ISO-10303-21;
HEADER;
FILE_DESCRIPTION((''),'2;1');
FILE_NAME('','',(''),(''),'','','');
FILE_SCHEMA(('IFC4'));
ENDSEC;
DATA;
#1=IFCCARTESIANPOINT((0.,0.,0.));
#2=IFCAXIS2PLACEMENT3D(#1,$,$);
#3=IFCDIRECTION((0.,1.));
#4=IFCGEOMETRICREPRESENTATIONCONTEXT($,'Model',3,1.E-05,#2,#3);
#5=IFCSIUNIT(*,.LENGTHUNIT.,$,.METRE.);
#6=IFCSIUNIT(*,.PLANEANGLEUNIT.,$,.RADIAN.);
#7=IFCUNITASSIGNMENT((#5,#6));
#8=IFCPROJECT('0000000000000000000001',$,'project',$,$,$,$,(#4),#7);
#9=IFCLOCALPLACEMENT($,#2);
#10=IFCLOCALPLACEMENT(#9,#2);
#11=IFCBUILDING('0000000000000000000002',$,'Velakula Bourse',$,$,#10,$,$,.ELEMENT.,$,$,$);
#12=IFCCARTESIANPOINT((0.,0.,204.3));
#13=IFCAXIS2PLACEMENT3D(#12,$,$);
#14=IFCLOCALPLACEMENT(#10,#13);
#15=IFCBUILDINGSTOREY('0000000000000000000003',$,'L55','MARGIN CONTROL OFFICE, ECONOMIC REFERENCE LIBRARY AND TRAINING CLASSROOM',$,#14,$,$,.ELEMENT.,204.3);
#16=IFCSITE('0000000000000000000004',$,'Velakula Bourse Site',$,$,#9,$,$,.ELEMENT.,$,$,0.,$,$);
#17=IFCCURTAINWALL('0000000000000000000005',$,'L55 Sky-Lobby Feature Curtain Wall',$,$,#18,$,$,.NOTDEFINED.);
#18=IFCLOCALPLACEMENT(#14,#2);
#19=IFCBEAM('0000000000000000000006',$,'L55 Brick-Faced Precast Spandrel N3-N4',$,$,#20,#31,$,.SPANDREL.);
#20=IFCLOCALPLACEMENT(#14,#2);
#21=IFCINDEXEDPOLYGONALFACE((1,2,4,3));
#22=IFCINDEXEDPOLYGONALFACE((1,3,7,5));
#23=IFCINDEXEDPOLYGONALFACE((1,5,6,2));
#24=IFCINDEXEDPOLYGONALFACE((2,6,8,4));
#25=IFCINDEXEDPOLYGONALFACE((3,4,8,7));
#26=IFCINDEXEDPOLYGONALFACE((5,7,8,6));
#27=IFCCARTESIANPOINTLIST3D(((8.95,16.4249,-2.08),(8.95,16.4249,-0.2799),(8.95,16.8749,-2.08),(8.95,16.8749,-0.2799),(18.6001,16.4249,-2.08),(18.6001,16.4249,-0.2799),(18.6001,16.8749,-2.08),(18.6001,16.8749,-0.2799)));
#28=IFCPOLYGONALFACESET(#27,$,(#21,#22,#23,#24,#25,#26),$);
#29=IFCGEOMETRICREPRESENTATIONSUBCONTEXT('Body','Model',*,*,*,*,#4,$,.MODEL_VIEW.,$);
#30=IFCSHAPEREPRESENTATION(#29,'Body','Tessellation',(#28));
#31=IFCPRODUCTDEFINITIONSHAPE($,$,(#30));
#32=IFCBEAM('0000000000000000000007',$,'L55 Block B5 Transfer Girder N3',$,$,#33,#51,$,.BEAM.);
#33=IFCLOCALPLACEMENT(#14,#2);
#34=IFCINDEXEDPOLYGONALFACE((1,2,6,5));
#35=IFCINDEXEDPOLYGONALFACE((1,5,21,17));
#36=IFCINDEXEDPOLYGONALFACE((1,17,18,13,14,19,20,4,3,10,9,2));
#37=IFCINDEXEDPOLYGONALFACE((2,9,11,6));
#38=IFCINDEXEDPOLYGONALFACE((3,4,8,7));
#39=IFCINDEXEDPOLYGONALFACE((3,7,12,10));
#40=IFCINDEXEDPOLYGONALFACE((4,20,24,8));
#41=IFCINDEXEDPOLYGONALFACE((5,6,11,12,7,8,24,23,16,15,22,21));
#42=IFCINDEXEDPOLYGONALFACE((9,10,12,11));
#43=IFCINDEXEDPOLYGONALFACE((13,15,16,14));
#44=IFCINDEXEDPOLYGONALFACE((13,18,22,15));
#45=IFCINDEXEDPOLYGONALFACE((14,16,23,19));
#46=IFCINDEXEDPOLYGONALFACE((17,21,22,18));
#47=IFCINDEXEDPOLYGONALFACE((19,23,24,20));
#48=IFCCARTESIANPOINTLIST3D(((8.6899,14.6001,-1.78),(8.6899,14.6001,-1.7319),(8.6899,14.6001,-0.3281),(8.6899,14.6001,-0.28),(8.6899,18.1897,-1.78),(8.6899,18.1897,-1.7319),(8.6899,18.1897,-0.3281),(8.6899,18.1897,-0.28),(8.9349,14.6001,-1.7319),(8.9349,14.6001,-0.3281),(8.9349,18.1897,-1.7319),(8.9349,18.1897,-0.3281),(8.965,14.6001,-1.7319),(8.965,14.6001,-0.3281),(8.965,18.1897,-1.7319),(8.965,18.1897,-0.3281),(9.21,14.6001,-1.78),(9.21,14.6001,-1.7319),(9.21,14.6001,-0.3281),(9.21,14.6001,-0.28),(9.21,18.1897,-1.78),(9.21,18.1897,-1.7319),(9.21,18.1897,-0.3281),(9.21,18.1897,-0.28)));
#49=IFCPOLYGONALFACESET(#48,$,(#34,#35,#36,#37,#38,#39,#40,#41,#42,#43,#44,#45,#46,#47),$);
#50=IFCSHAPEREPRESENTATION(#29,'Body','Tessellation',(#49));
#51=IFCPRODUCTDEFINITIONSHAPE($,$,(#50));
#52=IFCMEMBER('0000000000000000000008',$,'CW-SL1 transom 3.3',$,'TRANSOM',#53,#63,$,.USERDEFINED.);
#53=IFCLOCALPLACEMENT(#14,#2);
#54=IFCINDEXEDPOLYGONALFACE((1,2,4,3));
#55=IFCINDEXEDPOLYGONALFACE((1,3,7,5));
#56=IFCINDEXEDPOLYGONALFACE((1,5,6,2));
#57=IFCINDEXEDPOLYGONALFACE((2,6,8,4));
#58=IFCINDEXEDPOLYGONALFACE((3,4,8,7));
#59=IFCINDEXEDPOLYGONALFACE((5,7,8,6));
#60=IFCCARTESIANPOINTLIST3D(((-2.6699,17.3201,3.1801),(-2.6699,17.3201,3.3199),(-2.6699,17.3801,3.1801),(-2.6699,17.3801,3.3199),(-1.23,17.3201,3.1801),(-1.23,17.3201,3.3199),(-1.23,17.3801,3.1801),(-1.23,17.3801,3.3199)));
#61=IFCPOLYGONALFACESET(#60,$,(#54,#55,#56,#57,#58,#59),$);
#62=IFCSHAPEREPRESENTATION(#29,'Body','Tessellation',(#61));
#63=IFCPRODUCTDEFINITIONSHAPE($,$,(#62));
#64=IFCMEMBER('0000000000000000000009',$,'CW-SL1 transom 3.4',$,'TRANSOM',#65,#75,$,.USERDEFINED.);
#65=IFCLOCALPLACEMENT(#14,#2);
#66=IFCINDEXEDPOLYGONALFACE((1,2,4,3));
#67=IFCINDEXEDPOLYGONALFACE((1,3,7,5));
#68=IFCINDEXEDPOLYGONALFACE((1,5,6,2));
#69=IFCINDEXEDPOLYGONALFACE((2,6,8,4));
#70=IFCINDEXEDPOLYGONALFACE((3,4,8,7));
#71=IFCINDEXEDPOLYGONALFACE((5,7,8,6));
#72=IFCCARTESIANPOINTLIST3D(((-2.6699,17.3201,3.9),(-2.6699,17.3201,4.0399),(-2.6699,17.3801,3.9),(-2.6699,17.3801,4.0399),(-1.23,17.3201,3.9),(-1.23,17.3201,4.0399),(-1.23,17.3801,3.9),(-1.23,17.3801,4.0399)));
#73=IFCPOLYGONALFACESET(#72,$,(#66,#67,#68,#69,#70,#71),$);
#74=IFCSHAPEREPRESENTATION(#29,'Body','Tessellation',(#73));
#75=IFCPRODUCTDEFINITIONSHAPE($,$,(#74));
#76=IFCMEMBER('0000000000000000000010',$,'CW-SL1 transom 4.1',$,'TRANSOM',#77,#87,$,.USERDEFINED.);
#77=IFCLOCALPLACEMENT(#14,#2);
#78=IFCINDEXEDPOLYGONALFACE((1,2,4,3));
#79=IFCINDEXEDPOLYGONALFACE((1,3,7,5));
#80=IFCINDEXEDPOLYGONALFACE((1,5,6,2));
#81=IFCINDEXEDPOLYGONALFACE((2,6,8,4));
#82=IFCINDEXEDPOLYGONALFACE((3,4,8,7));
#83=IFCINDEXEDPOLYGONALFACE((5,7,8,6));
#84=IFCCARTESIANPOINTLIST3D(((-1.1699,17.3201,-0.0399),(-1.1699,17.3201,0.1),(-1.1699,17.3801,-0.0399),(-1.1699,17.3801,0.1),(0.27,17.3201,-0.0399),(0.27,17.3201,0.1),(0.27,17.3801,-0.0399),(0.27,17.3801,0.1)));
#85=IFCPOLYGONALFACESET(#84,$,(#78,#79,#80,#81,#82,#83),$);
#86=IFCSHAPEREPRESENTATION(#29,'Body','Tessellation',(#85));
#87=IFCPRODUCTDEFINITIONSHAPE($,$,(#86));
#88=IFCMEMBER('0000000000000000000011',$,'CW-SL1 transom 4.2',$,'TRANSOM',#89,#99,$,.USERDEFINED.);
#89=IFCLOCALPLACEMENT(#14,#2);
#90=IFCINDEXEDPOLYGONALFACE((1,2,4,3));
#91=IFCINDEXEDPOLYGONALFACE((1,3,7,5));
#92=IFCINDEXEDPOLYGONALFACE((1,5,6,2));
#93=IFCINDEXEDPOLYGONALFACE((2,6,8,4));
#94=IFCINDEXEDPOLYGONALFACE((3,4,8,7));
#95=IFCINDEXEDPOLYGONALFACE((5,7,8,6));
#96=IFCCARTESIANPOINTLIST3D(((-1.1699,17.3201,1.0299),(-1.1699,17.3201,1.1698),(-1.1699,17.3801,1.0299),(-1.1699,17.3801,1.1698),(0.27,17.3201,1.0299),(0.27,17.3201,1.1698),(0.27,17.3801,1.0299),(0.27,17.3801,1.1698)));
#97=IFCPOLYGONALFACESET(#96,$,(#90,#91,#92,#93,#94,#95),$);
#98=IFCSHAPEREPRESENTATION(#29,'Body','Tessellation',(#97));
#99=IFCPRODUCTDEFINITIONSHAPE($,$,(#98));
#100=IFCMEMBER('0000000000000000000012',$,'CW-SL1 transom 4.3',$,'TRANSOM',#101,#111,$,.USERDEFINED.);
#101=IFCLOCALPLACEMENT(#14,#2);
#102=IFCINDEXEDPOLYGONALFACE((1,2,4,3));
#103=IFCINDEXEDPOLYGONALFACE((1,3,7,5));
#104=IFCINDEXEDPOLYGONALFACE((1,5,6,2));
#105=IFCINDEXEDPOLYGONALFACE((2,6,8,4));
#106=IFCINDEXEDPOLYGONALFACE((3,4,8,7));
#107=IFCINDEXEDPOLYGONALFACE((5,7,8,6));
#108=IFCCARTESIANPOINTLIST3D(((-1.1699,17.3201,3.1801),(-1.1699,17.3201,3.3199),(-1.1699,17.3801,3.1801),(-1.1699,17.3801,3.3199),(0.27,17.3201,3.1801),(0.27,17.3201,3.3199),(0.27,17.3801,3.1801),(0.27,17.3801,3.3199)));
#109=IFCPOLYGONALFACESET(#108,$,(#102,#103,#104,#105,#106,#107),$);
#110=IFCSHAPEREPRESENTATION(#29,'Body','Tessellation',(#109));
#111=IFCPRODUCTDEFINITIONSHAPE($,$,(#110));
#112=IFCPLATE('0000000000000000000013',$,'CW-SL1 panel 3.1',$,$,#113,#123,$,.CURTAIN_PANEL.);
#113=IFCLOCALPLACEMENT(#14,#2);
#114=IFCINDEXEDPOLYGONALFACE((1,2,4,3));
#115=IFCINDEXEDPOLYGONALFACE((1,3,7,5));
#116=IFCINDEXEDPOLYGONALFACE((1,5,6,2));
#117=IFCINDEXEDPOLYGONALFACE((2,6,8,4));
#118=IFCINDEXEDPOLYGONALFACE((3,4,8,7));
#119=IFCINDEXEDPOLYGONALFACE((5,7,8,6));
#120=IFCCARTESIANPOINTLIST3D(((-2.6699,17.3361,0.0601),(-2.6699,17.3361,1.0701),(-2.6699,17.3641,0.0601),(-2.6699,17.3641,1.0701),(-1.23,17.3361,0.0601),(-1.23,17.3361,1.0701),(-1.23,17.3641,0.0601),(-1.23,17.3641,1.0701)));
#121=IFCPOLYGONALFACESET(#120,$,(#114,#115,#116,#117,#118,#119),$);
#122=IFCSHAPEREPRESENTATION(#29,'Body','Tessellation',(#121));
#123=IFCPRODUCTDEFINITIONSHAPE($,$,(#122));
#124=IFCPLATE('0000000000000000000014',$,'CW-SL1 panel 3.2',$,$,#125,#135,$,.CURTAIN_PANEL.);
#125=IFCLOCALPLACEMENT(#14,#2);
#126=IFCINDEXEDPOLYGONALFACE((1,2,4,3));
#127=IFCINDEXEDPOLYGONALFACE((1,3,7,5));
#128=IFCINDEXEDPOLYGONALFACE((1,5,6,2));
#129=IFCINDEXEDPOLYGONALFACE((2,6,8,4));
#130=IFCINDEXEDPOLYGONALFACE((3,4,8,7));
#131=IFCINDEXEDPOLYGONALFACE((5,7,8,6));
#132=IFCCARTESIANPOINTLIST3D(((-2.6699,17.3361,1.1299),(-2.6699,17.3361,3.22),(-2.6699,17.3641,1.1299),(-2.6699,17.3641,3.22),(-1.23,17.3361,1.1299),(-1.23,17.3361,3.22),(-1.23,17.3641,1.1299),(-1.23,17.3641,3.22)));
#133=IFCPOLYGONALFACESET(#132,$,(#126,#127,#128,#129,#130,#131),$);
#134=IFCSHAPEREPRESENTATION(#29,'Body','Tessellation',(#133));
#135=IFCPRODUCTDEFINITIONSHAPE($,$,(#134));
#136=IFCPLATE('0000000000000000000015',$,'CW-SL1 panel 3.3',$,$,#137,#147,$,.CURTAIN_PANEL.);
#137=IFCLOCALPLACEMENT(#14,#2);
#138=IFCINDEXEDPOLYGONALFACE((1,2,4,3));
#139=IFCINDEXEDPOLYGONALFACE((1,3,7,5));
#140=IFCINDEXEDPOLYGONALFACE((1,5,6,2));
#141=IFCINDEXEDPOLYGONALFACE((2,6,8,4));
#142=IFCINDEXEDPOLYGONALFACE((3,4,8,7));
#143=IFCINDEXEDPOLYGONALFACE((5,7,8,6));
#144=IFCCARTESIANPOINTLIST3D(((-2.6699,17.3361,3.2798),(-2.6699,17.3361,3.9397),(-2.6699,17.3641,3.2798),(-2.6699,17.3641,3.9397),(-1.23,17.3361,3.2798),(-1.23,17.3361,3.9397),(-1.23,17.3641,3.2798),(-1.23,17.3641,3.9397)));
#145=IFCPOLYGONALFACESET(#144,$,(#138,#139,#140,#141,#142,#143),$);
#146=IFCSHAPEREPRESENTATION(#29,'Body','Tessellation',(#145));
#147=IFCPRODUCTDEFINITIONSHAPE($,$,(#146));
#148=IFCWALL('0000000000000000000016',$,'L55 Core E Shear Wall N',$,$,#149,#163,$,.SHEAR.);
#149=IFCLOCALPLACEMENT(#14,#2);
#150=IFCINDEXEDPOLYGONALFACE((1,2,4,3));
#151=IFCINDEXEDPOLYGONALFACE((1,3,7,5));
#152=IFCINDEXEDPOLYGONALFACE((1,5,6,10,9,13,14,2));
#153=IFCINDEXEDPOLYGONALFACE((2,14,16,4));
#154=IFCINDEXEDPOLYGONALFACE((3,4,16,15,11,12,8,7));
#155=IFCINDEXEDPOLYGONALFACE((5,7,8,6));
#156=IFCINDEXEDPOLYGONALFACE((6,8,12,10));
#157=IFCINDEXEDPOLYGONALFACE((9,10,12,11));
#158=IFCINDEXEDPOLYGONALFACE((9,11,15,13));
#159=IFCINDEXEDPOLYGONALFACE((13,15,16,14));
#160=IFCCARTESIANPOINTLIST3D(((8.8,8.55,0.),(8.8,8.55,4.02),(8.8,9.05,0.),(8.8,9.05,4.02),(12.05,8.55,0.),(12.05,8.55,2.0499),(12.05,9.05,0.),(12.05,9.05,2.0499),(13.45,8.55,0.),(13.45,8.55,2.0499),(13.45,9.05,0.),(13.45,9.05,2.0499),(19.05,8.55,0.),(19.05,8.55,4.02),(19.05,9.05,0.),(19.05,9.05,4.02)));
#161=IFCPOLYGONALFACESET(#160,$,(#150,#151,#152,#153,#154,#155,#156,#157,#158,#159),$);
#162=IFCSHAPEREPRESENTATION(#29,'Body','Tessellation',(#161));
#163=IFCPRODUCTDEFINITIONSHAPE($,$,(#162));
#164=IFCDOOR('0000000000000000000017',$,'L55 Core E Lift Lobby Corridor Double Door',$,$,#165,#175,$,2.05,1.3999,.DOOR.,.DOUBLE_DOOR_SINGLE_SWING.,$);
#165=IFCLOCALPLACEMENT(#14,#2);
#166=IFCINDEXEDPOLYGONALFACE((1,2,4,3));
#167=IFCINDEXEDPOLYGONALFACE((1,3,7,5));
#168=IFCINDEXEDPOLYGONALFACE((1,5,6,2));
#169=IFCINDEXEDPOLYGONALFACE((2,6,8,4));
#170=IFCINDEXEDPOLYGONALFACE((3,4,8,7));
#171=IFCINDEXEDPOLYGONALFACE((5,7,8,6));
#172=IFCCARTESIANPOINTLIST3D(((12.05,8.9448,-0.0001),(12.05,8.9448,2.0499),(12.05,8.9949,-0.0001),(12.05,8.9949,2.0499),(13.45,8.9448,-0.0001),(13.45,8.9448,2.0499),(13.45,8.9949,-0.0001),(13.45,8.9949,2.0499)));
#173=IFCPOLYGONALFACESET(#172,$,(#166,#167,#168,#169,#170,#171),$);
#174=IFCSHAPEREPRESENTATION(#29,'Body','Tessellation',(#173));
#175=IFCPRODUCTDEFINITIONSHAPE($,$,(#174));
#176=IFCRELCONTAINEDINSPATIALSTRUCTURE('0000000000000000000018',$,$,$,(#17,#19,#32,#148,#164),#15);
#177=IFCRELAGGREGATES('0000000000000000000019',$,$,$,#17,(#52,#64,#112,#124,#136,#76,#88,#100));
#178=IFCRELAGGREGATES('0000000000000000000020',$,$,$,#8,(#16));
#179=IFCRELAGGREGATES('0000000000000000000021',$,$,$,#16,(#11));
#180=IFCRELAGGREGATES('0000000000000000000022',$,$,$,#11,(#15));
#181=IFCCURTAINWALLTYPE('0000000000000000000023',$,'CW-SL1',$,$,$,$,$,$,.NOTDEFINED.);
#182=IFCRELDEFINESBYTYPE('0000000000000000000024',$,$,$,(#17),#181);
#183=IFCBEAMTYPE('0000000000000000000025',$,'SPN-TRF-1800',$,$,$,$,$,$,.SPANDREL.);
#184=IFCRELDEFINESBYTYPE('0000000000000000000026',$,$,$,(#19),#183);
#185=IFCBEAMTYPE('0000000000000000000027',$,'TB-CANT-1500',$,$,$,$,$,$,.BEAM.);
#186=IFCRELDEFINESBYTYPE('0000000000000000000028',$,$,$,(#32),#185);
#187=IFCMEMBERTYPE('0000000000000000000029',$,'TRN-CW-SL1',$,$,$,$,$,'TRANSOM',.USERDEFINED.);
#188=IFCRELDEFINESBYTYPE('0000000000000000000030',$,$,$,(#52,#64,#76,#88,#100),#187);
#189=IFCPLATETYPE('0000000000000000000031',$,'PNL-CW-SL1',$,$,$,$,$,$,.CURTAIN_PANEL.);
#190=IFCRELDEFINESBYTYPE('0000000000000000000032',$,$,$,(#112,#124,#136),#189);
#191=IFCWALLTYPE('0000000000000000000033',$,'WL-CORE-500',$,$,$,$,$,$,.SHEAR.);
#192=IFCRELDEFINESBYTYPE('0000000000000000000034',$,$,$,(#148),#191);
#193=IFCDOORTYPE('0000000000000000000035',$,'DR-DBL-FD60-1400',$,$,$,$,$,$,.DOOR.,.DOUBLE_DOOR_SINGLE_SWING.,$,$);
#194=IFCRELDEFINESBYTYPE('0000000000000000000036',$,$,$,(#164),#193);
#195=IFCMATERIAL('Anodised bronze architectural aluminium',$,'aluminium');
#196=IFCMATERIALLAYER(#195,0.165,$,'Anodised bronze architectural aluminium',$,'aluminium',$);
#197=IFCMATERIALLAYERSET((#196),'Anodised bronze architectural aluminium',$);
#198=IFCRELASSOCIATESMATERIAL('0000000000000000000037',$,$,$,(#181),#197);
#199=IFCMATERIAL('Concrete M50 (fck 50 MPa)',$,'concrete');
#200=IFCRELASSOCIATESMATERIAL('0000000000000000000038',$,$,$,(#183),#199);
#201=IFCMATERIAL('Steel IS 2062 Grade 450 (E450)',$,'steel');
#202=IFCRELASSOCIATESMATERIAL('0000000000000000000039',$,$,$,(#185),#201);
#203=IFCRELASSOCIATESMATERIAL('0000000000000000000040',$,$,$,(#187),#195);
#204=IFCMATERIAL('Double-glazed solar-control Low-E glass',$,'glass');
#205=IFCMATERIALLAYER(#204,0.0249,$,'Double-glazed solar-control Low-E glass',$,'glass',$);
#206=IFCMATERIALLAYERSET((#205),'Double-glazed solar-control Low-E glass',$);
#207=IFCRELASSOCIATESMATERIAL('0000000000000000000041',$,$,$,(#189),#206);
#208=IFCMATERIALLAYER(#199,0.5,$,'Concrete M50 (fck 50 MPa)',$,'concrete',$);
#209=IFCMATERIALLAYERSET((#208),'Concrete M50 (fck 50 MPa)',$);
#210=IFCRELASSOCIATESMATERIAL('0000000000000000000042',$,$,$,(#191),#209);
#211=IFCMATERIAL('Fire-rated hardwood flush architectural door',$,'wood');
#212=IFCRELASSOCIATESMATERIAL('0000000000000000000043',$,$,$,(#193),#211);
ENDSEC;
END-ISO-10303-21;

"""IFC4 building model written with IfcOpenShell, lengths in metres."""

from ifc_helpers import new_model, si_unit, direction, frame, frame_2d, origin, origin_2d, place, context, subcontext, project, spatial, rectangle, i_section, extrude, material, layer, layer_set, material_profile, profile_set, type_object, element, fill, aggregate, save


model = new_model("IFC4")

# Units and contexts
model_context = context("Model", 3, precision=1e-05, world=origin(), true_north=direction((0.0, 1.0)))
body_context = subcontext(model_context, "Body", "Model", "MODEL_VIEW")
ifc_project = project(units=[si_unit("LENGTHUNIT", "METRE"), si_unit("PLANEANGLEUNIT", "RADIAN")], contexts=[model_context])

# Site, building, storey
site_placement = place(None, origin())
site = spatial("IfcSite", under=ifc_project, at=site_placement, Name="Velakula Bourse Site", CompositionType="ELEMENT", RefElevation=0.0)
building_placement = place(site_placement, origin())
building = spatial("IfcBuilding", under=site, at=building_placement, Name="Velakula Bourse", CompositionType="ELEMENT")
storey_placement = place(building_placement, frame((0.0, 0.0, 204.3)))
storey = spatial("IfcBuildingStorey", under=building, at=storey_placement, Name="L55", Description="MARGIN CONTROL OFFICE, ECONOMIC REFERENCE LIBRARY AND TRAINING CLASSROOM", CompositionType="ELEMENT", Elevation=204.3)

# Shared definitions
ifc_material_1 = material(Name="Concrete M50 (fck 50 MPa)", Category="concrete")

# Curtain wall
ifc_material_2 = material(Name="Anodised bronze architectural aluminium", Category="aluminium")
ifc_layer_1 = layer(ifc_material_2, 0.165, Name="Anodised bronze architectural aluminium", Category="aluminium")
ifc_layer_set_1 = layer_set([ifc_layer_1], Name="Anodised bronze architectural aluminium")
curtain_wall_type = type_object("IfcCurtainWallType", Name="CW-SL1", PredefinedType="NOTDEFINED", material=ifc_layer_set_1)
curtain_wall_placement = place(storey_placement, origin())
curtain_wall = element("IfcCurtainWall", 1, at=curtain_wall_placement, inside=storey, type_object=curtain_wall_type, Name="L55 Sky-Lobby Feature Curtain Wall", PredefinedType="NOTDEFINED")

# Beams
ifc_material_profile_1 = material_profile(ifc_material_1, rectangle(XDim=0.45, YDim=1.8, at=origin_2d()), Name="Concrete M50 (fck 50 MPa)")
ifc_profile_set_1 = profile_set([ifc_material_profile_1], Name="Concrete M50 (fck 50 MPa)")
beam_type_1 = type_object("IfcBeamType", Name="SPN-TRF-1800", PredefinedType="SPANDREL", material=ifc_profile_set_1)
beam_1_placement = place(storey_placement, frame((8.95, 16.6499, -1.1799), z_axis=(1.0, 0.0, 0.0), x_axis=(0.0, 1.0, 0.0)))
element("IfcBeam", 2, at=beam_1_placement, inside=storey, type_object=beam_type_1, Name="L55 Brick-Faced Precast Spandrel N3-N4", PredefinedType="SPANDREL", context=body_context, shape_type="SweptSolid", body=[
    extrude(rectangle(XDim=0.45, YDim=1.8, at=origin_2d()), origin(), (0.0, 0.0, 1.0), 9.6501),
])
ifc_material_3 = material(Name="Steel IS 2062 Grade 450 (E450)", Category="steel")
ifc_material_profile_2 = material_profile(ifc_material_3, i_section(OverallWidth=0.52, OverallDepth=1.5, WebThickness=0.03, FlangeThickness=0.0481, at=origin_2d()), Name="Steel IS 2062 Grade 450 (E450)")
ifc_profile_set_2 = profile_set([ifc_material_profile_2], Name="Steel IS 2062 Grade 450 (E450)")
beam_type_2 = type_object("IfcBeamType", Name="TB-CANT-1500", PredefinedType="BEAM", material=ifc_profile_set_2)
beam_2_placement = place(storey_placement, frame((8.95, 14.6001, -1.03), z_axis=(0.0, 1.0, 0.0), x_axis=(-1.0, 0.0, 0.0)))
element("IfcBeam", 3, at=beam_2_placement, inside=storey, type_object=beam_type_2, Name="L55 Block B5 Transfer Girder N3", PredefinedType="BEAM", context=body_context, shape_type="SweptSolid", body=[
    extrude(i_section(OverallWidth=0.52, OverallDepth=1.5, WebThickness=0.03, FlangeThickness=0.0481, at=origin_2d()), origin(), (0.0, 0.0, 1.0), 3.5896),
])

# Members
ifc_material_profile_3 = material_profile(ifc_material_2, rectangle(XDim=0.0601, YDim=0.1399, at=origin_2d()), Name="Anodised bronze architectural aluminium")
ifc_profile_set_3 = profile_set([ifc_material_profile_3], Name="Anodised bronze architectural aluminium")
member_type_1 = type_object("IfcMemberType", Name="TRN-CW-SL1", ElementType="TRANSOM", PredefinedType="USERDEFINED", material=ifc_profile_set_3)
member_1_placement = place(storey_placement, frame((-2.6699, 17.3501, 3.25), z_axis=(1.0, 0.0, 0.0), x_axis=(0.0, 1.0, 0.0)))
member_1 = element("IfcMember", 4, at=member_1_placement, type_object=member_type_1, Name="CW-SL1 transom 3.3", ObjectType="TRANSOM", PredefinedType="USERDEFINED", context=body_context, shape_type="SweptSolid", body=[
    extrude(rectangle(XDim=0.0601, YDim=0.1399, at=origin_2d()), origin(), (0.0, 0.0, 1.0), 1.4399),
])
member_2_placement = place(storey_placement, frame((-2.6699, 17.3501, 3.97), z_axis=(1.0, 0.0, 0.0), x_axis=(0.0, 1.0, 0.0)))
member_2 = element("IfcMember", 5, at=member_2_placement, type_object=member_type_1, Name="CW-SL1 transom 3.4", ObjectType="TRANSOM", PredefinedType="USERDEFINED", context=body_context, shape_type="SweptSolid", body=[
    extrude(rectangle(XDim=0.0601, YDim=0.1399, at=origin_2d()), origin(), (0.0, 0.0, 1.0), 1.4399),
])
member_3_placement = place(storey_placement, frame((-1.1699, 17.3501, 0.03), z_axis=(1.0, 0.0, 0.0), x_axis=(0.0, 1.0, 0.0)))
member_3 = element("IfcMember", 6, at=member_3_placement, type_object=member_type_1, Name="CW-SL1 transom 4.1", ObjectType="TRANSOM", PredefinedType="USERDEFINED", context=body_context, shape_type="SweptSolid", body=[
    extrude(rectangle(XDim=0.0601, YDim=0.1399, at=origin_2d()), origin(), (0.0, 0.0, 1.0), 1.4399),
])
member_4_placement = place(storey_placement, frame((-1.1699, 17.3501, 1.0999), z_axis=(1.0, 0.0, 0.0), x_axis=(0.0, 1.0, 0.0)))
member_4 = element("IfcMember", 7, at=member_4_placement, type_object=member_type_1, Name="CW-SL1 transom 4.2", ObjectType="TRANSOM", PredefinedType="USERDEFINED", context=body_context, shape_type="SweptSolid", body=[
    extrude(rectangle(XDim=0.0601, YDim=0.1399, at=origin_2d()), origin(), (0.0, 0.0, 1.0), 1.4399),
])
member_5_placement = place(storey_placement, frame((-1.1699, 17.3501, 3.25), z_axis=(1.0, 0.0, 0.0), x_axis=(0.0, 1.0, 0.0)))
member_5 = element("IfcMember", 8, at=member_5_placement, type_object=member_type_1, Name="CW-SL1 transom 4.3", ObjectType="TRANSOM", PredefinedType="USERDEFINED", context=body_context, shape_type="SweptSolid", body=[
    extrude(rectangle(XDim=0.0601, YDim=0.1399, at=origin_2d()), origin(), (0.0, 0.0, 1.0), 1.4399),
])

# Plates
ifc_material_4 = material(Name="Double-glazed solar-control Low-E glass", Category="glass")
ifc_layer_2 = layer(ifc_material_4, 0.0249, Name="Double-glazed solar-control Low-E glass", Category="glass")
ifc_layer_set_2 = layer_set([ifc_layer_2], Name="Double-glazed solar-control Low-E glass")
plate_type = type_object("IfcPlateType", Name="PNL-CW-SL1", PredefinedType="CURTAIN_PANEL", material=ifc_layer_set_2)
plate_1_placement = place(storey_placement, frame((-1.95, 17.3501, 0.0601), z_axis=(0.0, 0.0, 1.0), x_axis=(1.0, 0.0, 0.0)))
plate_1 = element("IfcPlate", 9, at=plate_1_placement, type_object=plate_type, Name="CW-SL1 panel 3.1", PredefinedType="CURTAIN_PANEL", context=body_context, shape_type="SweptSolid", body=[
    extrude(rectangle(XDim=1.4399, YDim=0.0281, at=origin_2d()), origin(), (0.0, 0.0, 1.0), 1.01),
])
plate_2_placement = place(storey_placement, frame((-1.95, 17.3501, 1.1299), z_axis=(0.0, 0.0, 1.0), x_axis=(1.0, 0.0, 0.0)))
plate_2 = element("IfcPlate", 10, at=plate_2_placement, type_object=plate_type, Name="CW-SL1 panel 3.2", PredefinedType="CURTAIN_PANEL", context=body_context, shape_type="SweptSolid", body=[
    extrude(rectangle(XDim=1.4399, YDim=0.0281, at=origin_2d()), origin(), (0.0, 0.0, 1.0), 2.0901),
])
plate_3_placement = place(storey_placement, frame((-1.95, 17.3501, 3.2798), z_axis=(0.0, 0.0, 1.0), x_axis=(1.0, 0.0, 0.0)))
plate_3 = element("IfcPlate", 11, at=plate_3_placement, type_object=plate_type, Name="CW-SL1 panel 3.3", PredefinedType="CURTAIN_PANEL", context=body_context, shape_type="SweptSolid", body=[
    extrude(rectangle(XDim=1.4399, YDim=0.0281, at=origin_2d()), origin(), (0.0, 0.0, 1.0), 0.6599),
])
aggregate(curtain_wall, [member_1, member_2, plate_1, plate_2, plate_3, member_3, member_4, member_5])

# Wall, opening, door
ifc_layer_3 = layer(ifc_material_1, 0.5, Name="Concrete M50 (fck 50 MPa)", Category="concrete")
ifc_layer_set_3 = layer_set([ifc_layer_3], Name="Concrete M50 (fck 50 MPa)")
wall_type_1 = type_object("IfcWallType", Name="WL-CORE-500", PredefinedType="SHEAR", material=ifc_layer_set_3)
wall_1_placement = place(storey_placement, frame((8.8, 8.8, 0.0), z_axis=(0.0, 0.0, 1.0), x_axis=(1.0, 0.0, 0.0)))
wall_1 = element("IfcWall", 12, at=wall_1_placement, inside=storey, type_object=wall_type_1, Name="L55 Core E Shear Wall N", PredefinedType="SHEAR", context=body_context, shape_type="SweptSolid", body=[
    extrude(rectangle(XDim=10.25, YDim=0.5, at=frame_2d((5.125, 0.0))), origin(), (0.0, 0.0, 1.0), 4.02),
])
opening_1_placement = place(wall_1_placement, frame((3.25, 0.0, 0.0)))
opening_1 = element("IfcOpeningElement", 13, at=opening_1_placement, cuts=wall_1, PredefinedType="OPENING", context=body_context, shape_type="SweptSolid", body=[
    extrude(rectangle(XDim=1.3999, YDim=2.05, at=frame_2d((0.7, 1.0249))), frame((0.0, 0.26, 0.0), z_axis=(0.0, -1.0, 0.0), x_axis=(1.0, 0.0, 0.0)), (0.0, 0.0, 1.0), 0.52),
])
ifc_material_5 = material(Name="Fire-rated hardwood flush architectural door", Category="wood")
door_type_1 = type_object("IfcDoorType", Name="DR-DBL-FD60-1400", OperationType="DOUBLE_DOOR_SINGLE_SWING", PredefinedType="DOOR", material=ifc_material_5)
door_1_placement = place(opening_1_placement, origin())
door_1 = element("IfcDoor", 14, at=door_1_placement, inside=storey, type_object=door_type_1, Name="L55 Core E Lift Lobby Corridor Double Door", OperationType="DOUBLE_DOOR_SINGLE_SWING", OverallHeight=2.05, OverallWidth=1.3999, PredefinedType="DOOR", context=body_context, shape_type="SweptSolid", body=[
    extrude(rectangle(XDim=1.3999, YDim=2.05, at=frame_2d((0.7, 1.0249))), frame((0.0, 0.1948, 0.0), z_axis=(0.0, -1.0, 0.0), x_axis=(1.0, 0.0, 0.0)), (0.0, 0.0, 1.0), 0.05),
])
fill(opening_1, door_1)

save(model, "model.ifc")
